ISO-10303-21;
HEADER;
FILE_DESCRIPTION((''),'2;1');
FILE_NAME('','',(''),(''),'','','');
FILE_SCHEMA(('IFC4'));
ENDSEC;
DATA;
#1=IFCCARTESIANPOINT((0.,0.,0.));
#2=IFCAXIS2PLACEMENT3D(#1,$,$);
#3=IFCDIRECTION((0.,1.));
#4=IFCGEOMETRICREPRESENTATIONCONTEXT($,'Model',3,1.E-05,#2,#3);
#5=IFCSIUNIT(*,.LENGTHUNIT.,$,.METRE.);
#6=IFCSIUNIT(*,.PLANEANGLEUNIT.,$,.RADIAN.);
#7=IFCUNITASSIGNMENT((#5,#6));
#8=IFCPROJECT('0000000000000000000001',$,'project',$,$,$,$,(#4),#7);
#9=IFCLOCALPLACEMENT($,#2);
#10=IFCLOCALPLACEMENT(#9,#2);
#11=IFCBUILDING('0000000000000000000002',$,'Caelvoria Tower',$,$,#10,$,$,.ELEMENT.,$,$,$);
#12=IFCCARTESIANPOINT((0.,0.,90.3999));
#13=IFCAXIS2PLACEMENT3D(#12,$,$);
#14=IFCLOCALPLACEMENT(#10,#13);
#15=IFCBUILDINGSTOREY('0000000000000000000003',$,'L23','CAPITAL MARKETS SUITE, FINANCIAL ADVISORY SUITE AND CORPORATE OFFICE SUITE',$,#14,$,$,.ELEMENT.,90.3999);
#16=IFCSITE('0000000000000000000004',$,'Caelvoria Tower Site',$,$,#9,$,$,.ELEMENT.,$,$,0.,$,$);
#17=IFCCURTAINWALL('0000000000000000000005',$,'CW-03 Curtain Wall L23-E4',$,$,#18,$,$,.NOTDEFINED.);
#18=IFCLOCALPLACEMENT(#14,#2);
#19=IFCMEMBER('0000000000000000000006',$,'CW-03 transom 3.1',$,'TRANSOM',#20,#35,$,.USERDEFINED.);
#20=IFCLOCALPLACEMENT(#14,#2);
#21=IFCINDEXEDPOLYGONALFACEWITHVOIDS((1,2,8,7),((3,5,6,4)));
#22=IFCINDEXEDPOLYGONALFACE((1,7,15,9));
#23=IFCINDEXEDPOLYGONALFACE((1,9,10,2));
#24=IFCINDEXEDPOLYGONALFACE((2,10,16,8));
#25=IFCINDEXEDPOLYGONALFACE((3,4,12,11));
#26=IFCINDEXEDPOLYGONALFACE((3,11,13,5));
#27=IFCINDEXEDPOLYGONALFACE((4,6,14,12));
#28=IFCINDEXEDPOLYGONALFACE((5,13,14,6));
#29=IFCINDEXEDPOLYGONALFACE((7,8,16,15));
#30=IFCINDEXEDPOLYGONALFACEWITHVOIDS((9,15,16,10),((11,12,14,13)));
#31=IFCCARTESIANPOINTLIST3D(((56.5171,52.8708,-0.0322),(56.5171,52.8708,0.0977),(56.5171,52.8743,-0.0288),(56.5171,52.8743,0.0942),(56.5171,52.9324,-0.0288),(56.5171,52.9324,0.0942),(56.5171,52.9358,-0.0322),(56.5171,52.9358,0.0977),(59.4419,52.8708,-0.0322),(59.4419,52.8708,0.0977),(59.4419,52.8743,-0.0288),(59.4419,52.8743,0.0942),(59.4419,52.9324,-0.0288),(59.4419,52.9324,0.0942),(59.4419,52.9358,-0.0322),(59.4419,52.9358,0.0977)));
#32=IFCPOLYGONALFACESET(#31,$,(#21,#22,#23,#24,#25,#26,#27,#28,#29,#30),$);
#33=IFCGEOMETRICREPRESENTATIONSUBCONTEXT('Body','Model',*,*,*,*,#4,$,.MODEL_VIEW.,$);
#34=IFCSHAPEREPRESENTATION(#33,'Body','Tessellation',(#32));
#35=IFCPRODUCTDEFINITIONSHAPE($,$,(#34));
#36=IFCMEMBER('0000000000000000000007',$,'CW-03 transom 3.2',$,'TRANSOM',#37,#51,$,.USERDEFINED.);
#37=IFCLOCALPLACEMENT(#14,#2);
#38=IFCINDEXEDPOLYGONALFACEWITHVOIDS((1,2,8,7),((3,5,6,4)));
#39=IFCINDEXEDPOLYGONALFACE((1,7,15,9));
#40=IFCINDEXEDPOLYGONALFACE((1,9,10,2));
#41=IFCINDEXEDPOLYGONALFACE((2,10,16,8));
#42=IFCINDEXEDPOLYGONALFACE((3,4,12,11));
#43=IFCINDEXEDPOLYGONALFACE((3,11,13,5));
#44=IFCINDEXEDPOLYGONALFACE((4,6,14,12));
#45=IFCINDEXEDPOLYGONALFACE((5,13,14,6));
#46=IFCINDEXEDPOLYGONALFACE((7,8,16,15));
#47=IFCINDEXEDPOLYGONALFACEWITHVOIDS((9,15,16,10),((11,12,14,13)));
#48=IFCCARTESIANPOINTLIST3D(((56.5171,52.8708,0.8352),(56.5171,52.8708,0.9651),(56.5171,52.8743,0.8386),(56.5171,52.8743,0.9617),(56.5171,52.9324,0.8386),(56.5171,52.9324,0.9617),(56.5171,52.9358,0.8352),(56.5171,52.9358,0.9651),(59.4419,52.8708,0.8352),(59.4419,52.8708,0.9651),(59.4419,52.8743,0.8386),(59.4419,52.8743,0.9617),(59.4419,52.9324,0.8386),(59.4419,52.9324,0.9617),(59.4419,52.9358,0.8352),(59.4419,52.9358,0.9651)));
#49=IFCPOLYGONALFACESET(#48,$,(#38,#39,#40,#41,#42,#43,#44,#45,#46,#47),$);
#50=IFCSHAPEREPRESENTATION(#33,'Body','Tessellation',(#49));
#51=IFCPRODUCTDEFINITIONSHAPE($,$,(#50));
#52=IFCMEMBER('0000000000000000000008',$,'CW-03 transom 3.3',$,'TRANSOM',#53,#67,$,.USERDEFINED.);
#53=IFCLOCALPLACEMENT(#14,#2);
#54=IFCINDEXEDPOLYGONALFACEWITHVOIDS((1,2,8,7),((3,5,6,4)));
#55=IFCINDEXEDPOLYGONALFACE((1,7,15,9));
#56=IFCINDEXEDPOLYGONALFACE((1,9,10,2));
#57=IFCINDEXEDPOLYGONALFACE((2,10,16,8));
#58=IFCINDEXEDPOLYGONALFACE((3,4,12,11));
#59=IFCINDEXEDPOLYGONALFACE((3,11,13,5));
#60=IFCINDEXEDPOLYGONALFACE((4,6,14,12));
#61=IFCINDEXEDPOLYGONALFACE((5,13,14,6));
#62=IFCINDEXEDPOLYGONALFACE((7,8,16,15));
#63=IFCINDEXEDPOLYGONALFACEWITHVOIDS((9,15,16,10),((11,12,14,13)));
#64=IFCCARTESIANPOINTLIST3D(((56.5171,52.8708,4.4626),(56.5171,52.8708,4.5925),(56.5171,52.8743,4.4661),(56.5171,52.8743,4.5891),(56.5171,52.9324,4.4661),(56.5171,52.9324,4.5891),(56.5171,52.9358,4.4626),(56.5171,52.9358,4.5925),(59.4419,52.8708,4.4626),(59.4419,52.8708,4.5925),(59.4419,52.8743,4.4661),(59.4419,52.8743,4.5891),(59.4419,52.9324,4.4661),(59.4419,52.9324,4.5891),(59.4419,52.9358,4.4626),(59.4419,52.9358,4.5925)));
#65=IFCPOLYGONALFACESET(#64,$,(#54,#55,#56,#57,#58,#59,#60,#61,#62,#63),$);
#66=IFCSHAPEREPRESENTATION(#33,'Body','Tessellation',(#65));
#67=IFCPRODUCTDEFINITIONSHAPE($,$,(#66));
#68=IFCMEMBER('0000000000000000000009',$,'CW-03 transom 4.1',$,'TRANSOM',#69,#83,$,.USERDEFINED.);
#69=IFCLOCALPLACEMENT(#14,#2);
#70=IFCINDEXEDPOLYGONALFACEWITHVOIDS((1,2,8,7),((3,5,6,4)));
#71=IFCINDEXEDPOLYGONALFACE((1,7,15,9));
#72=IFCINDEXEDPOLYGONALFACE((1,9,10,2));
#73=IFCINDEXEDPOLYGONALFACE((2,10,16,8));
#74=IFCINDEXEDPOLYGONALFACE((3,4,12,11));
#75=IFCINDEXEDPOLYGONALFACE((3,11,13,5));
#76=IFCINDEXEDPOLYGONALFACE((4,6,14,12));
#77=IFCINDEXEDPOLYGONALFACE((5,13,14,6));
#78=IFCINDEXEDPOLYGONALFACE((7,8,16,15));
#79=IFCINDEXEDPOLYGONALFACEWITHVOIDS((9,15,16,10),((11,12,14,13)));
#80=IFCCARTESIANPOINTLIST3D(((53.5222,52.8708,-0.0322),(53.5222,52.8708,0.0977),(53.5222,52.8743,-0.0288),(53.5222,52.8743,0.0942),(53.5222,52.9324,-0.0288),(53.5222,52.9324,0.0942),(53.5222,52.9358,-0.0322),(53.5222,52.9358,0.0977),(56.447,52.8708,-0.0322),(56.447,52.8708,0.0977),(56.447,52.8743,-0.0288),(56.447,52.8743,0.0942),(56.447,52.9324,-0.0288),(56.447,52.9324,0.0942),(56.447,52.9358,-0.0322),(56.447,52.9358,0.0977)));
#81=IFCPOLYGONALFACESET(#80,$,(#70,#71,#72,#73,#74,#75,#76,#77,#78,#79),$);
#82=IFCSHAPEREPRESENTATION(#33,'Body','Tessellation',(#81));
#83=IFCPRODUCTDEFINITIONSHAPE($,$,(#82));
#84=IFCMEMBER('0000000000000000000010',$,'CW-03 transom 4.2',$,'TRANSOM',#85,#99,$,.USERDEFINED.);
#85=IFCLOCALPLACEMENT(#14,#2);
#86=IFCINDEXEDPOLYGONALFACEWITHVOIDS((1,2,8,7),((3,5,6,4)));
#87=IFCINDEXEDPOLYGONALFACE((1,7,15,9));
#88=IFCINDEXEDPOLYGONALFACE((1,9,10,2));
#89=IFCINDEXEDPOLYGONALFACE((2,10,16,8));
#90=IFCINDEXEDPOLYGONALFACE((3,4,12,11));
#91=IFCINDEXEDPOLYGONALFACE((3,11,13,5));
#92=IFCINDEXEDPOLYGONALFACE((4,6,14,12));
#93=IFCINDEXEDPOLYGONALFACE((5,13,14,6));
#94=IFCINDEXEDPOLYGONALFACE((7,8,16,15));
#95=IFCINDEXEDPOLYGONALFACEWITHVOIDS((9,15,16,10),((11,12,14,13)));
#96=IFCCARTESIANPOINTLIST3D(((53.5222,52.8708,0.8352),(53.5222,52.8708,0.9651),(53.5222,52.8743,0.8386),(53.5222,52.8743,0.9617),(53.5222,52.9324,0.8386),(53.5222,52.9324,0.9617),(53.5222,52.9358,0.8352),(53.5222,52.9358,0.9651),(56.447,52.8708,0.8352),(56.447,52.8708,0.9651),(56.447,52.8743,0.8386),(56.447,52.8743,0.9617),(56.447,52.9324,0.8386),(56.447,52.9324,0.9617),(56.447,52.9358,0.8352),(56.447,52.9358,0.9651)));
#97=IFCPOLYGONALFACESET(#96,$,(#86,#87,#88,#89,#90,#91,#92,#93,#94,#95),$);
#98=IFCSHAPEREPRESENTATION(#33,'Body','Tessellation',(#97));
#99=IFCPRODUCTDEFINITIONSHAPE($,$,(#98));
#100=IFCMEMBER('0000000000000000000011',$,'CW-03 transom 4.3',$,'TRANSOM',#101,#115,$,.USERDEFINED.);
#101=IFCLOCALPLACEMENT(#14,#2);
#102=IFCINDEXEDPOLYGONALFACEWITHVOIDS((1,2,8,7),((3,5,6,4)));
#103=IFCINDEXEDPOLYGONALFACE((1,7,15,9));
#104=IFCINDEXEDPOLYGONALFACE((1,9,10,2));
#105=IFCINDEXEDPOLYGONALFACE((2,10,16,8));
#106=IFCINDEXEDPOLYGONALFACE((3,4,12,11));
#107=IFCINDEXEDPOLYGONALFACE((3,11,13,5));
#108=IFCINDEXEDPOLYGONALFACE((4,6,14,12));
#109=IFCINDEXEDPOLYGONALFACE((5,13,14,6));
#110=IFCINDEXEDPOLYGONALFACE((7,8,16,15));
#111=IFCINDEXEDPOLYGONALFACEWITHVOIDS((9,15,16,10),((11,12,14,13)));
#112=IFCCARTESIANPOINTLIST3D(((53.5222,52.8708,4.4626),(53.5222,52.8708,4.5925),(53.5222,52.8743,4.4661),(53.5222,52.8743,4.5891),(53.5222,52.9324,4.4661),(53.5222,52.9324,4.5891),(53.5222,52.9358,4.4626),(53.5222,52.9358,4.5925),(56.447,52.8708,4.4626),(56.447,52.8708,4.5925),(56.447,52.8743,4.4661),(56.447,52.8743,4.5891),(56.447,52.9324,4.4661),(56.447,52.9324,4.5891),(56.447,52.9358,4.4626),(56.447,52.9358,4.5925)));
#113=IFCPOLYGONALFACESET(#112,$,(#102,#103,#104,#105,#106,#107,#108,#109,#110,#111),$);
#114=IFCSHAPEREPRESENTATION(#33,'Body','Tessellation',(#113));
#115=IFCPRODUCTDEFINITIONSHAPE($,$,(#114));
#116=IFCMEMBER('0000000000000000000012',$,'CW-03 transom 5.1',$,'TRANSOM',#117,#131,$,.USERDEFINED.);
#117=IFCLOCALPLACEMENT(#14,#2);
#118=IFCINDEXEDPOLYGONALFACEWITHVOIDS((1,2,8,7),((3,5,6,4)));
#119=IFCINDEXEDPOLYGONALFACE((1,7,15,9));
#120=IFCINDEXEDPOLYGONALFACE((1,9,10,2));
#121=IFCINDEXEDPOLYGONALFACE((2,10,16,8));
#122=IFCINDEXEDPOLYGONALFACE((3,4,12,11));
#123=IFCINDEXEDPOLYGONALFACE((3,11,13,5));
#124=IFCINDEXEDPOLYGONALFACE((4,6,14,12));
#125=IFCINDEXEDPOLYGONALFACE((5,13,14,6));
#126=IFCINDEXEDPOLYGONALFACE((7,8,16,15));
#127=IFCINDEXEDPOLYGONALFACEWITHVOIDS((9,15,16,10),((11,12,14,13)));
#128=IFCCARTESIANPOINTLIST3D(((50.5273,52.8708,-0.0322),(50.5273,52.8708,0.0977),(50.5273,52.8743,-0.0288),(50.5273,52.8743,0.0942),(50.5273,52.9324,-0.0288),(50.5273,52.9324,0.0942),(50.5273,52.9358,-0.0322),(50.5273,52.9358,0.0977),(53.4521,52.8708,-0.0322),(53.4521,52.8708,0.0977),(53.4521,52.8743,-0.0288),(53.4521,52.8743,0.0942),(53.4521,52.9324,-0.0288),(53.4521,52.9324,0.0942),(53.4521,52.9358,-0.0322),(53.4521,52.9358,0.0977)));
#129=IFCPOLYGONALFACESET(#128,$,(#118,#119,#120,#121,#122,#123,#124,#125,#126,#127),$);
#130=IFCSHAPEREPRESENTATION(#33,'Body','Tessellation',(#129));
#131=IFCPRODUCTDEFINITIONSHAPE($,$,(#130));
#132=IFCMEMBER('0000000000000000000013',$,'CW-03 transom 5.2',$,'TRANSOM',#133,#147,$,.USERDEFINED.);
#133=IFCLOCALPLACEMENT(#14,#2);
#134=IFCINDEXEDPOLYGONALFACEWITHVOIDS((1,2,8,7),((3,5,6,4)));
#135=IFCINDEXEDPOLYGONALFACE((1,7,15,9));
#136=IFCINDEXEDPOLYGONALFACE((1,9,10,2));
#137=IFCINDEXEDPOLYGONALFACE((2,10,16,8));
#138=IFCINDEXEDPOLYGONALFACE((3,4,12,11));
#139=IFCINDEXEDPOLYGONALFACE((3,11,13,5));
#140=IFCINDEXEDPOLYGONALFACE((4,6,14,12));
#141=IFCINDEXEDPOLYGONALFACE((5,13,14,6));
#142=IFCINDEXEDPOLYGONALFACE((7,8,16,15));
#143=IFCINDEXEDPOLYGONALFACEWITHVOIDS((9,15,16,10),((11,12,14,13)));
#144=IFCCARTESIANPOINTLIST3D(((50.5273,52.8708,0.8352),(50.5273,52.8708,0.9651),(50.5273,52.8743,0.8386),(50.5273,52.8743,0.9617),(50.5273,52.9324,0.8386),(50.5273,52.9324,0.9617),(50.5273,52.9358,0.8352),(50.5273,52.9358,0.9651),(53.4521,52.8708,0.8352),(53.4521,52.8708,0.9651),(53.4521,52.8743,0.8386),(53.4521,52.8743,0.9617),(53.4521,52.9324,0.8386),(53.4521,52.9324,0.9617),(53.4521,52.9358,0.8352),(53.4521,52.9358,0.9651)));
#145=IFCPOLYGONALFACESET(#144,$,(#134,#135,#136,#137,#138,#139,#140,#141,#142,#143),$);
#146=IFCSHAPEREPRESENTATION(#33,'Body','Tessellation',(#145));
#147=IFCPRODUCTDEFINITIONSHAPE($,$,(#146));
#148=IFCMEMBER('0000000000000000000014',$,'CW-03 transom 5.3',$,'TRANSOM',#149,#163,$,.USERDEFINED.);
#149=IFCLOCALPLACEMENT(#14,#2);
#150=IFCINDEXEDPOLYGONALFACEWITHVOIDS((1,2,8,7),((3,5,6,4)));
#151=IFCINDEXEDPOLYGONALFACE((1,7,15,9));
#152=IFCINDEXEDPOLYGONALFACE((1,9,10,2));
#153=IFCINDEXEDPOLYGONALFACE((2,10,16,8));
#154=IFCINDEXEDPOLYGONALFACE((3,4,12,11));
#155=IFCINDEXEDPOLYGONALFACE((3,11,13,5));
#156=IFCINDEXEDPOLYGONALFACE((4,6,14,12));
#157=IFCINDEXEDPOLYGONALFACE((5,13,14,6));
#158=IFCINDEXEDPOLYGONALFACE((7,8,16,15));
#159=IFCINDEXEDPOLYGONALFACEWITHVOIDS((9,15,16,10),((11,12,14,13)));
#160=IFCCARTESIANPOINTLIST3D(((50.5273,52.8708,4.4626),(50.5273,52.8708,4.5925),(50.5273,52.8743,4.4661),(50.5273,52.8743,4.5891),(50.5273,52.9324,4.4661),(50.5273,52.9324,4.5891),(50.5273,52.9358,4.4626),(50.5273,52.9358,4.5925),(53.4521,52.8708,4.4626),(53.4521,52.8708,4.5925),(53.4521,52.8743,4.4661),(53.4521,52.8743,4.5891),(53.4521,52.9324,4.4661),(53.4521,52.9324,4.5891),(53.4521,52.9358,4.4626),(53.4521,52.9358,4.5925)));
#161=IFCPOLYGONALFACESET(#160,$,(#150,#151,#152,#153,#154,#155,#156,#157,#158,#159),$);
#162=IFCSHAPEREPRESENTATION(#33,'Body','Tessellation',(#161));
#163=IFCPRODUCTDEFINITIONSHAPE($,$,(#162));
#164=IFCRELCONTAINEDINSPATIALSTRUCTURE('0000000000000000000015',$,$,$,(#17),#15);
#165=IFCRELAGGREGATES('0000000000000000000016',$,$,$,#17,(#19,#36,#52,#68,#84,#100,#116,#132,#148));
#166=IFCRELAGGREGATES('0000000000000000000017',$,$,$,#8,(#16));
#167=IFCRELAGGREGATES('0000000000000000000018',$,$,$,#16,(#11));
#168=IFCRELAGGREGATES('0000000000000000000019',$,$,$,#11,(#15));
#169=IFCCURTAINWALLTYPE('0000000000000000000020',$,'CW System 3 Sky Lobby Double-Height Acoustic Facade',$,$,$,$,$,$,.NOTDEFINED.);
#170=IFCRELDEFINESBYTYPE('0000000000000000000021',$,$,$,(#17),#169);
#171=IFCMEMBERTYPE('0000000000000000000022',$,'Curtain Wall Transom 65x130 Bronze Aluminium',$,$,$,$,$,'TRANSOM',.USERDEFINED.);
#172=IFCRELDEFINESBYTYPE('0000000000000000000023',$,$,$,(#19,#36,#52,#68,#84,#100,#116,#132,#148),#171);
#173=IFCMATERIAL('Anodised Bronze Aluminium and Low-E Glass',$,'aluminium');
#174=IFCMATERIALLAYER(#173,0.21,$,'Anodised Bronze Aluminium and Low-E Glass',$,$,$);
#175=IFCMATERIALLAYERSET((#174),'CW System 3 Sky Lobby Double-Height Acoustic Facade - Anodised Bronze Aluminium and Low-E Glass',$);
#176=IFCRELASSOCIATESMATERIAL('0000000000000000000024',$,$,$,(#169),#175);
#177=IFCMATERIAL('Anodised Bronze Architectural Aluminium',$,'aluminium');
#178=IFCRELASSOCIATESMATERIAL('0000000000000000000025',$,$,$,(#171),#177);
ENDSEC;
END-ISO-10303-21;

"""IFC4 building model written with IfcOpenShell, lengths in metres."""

from ifc_helpers import new_model, si_unit, direction, frame, origin, origin_2d, place, context, subcontext, project, spatial, hollow_rectangle, extrude, material, layer, layer_set, material_profile, profile_set, type_object, element, aggregate, save


model = new_model("IFC4")

# Units and contexts
model_context = context("Model", 3, precision=1e-05, world=origin(), true_north=direction((0.0, 1.0)))
body_context = subcontext(model_context, "Body", "Model", "MODEL_VIEW")
ifc_project = project(units=[si_unit("LENGTHUNIT", "METRE"), si_unit("PLANEANGLEUNIT", "RADIAN")], contexts=[model_context])

# Site, building, storey
site_placement = place(None, origin())
site = spatial("IfcSite", under=ifc_project, at=site_placement, Name="Caelvoria Tower Site", CompositionType="ELEMENT", RefElevation=0.0)
building_placement = place(site_placement, origin())
building = spatial("IfcBuilding", under=site, at=building_placement, Name="Caelvoria Tower", CompositionType="ELEMENT")
storey_placement = place(building_placement, frame((0.0, 0.0, 90.3999)))
storey = spatial("IfcBuildingStorey", under=building, at=storey_placement, Name="L23", Description="CAPITAL MARKETS SUITE, FINANCIAL ADVISORY SUITE AND CORPORATE OFFICE SUITE", CompositionType="ELEMENT", Elevation=90.3999)

# Curtain wall, members
ifc_material_1 = material(Name="Anodised Bronze Aluminium and Low-E Glass", Category="aluminium")
ifc_layer_1 = layer(ifc_material_1, 0.21, Name="Anodised Bronze Aluminium and Low-E Glass")
ifc_layer_set_1 = layer_set([ifc_layer_1], Name="CW System 3 Sky Lobby Double-Height Acoustic Facade - Anodised Bronze Aluminium and Low-E Glass")
curtain_wall_type = type_object("IfcCurtainWallType", Name="CW System 3 Sky Lobby Double-Height Acoustic Facade", PredefinedType="NOTDEFINED", material=ifc_layer_set_1)
curtain_wall_placement = place(storey_placement, origin())
curtain_wall = element("IfcCurtainWall", 1, at=curtain_wall_placement, inside=storey, type_object=curtain_wall_type, Name="CW-03 Curtain Wall L23-E4", PredefinedType="NOTDEFINED")
ifc_material_2 = material(Name="Anodised Bronze Architectural Aluminium", Category="aluminium")
ifc_material_profile_1 = material_profile(ifc_material_2, hollow_rectangle(XDim=0.0649, YDim=0.1299, WallThickness=0.0034, at=origin_2d()), Name="Anodised Bronze Architectural Aluminium")
ifc_profile_set_1 = profile_set([ifc_material_profile_1], Name="CW_TRAN_65X130 - Anodised Bronze Architectural Aluminium")
member_type_1 = type_object("IfcMemberType", Name="Curtain Wall Transom 65x130 Bronze Aluminium", ElementType="TRANSOM", PredefinedType="USERDEFINED", material=ifc_profile_set_1)
member_1_placement = place(storey_placement, frame((59.4419, 52.9033, 0.0327), z_axis=(-1.0, 0.0, 0.0), x_axis=(0.0, -1.0, 0.0)))
member_1 = element("IfcMember", 2, at=member_1_placement, type_object=member_type_1, Name="CW-03 transom 3.1", ObjectType="TRANSOM", PredefinedType="USERDEFINED", context=body_context, shape_type="SweptSolid", body=[
    extrude(hollow_rectangle(XDim=0.0649, YDim=0.1299, WallThickness=0.0034, at=origin_2d()), origin(), (0.0, 0.0, 1.0), 2.9248),
])
member_2_placement = place(storey_placement, frame((59.4419, 52.9033, 0.9001), z_axis=(-1.0, 0.0, 0.0), x_axis=(0.0, -1.0, 0.0)))
member_2 = element("IfcMember", 3, at=member_2_placement, type_object=member_type_1, Name="CW-03 transom 3.2", ObjectType="TRANSOM", PredefinedType="USERDEFINED", context=body_context, shape_type="SweptSolid", body=[
    extrude(hollow_rectangle(XDim=0.0649, YDim=0.1299, WallThickness=0.0034, at=origin_2d()), origin(), (0.0, 0.0, 1.0), 2.9248),
])
member_3_placement = place(storey_placement, frame((59.4419, 52.9033, 4.5276), z_axis=(-1.0, 0.0, 0.0), x_axis=(0.0, -1.0, 0.0)))
member_3 = element("IfcMember", 4, at=member_3_placement, type_object=member_type_1, Name="CW-03 transom 3.3", ObjectType="TRANSOM", PredefinedType="USERDEFINED", context=body_context, shape_type="SweptSolid", body=[
    extrude(hollow_rectangle(XDim=0.0649, YDim=0.1299, WallThickness=0.0034, at=origin_2d()), origin(), (0.0, 0.0, 1.0), 2.9248),
])
member_4_placement = place(storey_placement, frame((56.447, 52.9033, 0.0327), z_axis=(-1.0, 0.0, 0.0), x_axis=(0.0, -1.0, 0.0)))
member_4 = element("IfcMember", 5, at=member_4_placement, type_object=member_type_1, Name="CW-03 transom 4.1", ObjectType="TRANSOM", PredefinedType="USERDEFINED", context=body_context, shape_type="SweptSolid", body=[
    extrude(hollow_rectangle(XDim=0.0649, YDim=0.1299, WallThickness=0.0034, at=origin_2d()), origin(), (0.0, 0.0, 1.0), 2.9248),
])
member_5_placement = place(storey_placement, frame((56.447, 52.9033, 0.9001), z_axis=(-1.0, 0.0, 0.0), x_axis=(0.0, -1.0, 0.0)))
member_5 = element("IfcMember", 6, at=member_5_placement, type_object=member_type_1, Name="CW-03 transom 4.2", ObjectType="TRANSOM", PredefinedType="USERDEFINED", context=body_context, shape_type="SweptSolid", body=[
    extrude(hollow_rectangle(XDim=0.0649, YDim=0.1299, WallThickness=0.0034, at=origin_2d()), origin(), (0.0, 0.0, 1.0), 2.9248),
])
member_6_placement = place(storey_placement, frame((56.447, 52.9033, 4.5276), z_axis=(-1.0, 0.0, 0.0), x_axis=(0.0, -1.0, 0.0)))
member_6 = element("IfcMember", 7, at=member_6_placement, type_object=member_type_1, Name="CW-03 transom 4.3", ObjectType="TRANSOM", PredefinedType="USERDEFINED", context=body_context, shape_type="SweptSolid", body=[
    extrude(hollow_rectangle(XDim=0.0649, YDim=0.1299, WallThickness=0.0034, at=origin_2d()), origin(), (0.0, 0.0, 1.0), 2.9248),
])
member_7_placement = place(storey_placement, frame((53.4521, 52.9033, 0.0327), z_axis=(-1.0, 0.0, 0.0), x_axis=(0.0, -1.0, 0.0)))
member_7 = element("IfcMember", 8, at=member_7_placement, type_object=member_type_1, Name="CW-03 transom 5.1", ObjectType="TRANSOM", PredefinedType="USERDEFINED", context=body_context, shape_type="SweptSolid", body=[
    extrude(hollow_rectangle(XDim=0.0649, YDim=0.1299, WallThickness=0.0034, at=origin_2d()), origin(), (0.0, 0.0, 1.0), 2.9248),
])
member_8_placement = place(storey_placement, frame((53.4521, 52.9033, 0.9001), z_axis=(-1.0, 0.0, 0.0), x_axis=(0.0, -1.0, 0.0)))
member_8 = element("IfcMember", 9, at=member_8_placement, type_object=member_type_1, Name="CW-03 transom 5.2", ObjectType="TRANSOM", PredefinedType="USERDEFINED", context=body_context, shape_type="SweptSolid", body=[
    extrude(hollow_rectangle(XDim=0.0649, YDim=0.1299, WallThickness=0.0034, at=origin_2d()), origin(), (0.0, 0.0, 1.0), 2.9248),
])
member_9_placement = place(storey_placement, frame((53.4521, 52.9033, 4.5276), z_axis=(-1.0, 0.0, 0.0), x_axis=(0.0, -1.0, 0.0)))
member_9 = element("IfcMember", 10, at=member_9_placement, type_object=member_type_1, Name="CW-03 transom 5.3", ObjectType="TRANSOM", PredefinedType="USERDEFINED", context=body_context, shape_type="SweptSolid", body=[
    extrude(hollow_rectangle(XDim=0.0649, YDim=0.1299, WallThickness=0.0034, at=origin_2d()), origin(), (0.0, 0.0, 1.0), 2.9248),
])

aggregate(curtain_wall, [member_1, member_2, member_3, member_4, member_5, member_6, member_7, member_8, member_9])

save(model, "model.ifc")
